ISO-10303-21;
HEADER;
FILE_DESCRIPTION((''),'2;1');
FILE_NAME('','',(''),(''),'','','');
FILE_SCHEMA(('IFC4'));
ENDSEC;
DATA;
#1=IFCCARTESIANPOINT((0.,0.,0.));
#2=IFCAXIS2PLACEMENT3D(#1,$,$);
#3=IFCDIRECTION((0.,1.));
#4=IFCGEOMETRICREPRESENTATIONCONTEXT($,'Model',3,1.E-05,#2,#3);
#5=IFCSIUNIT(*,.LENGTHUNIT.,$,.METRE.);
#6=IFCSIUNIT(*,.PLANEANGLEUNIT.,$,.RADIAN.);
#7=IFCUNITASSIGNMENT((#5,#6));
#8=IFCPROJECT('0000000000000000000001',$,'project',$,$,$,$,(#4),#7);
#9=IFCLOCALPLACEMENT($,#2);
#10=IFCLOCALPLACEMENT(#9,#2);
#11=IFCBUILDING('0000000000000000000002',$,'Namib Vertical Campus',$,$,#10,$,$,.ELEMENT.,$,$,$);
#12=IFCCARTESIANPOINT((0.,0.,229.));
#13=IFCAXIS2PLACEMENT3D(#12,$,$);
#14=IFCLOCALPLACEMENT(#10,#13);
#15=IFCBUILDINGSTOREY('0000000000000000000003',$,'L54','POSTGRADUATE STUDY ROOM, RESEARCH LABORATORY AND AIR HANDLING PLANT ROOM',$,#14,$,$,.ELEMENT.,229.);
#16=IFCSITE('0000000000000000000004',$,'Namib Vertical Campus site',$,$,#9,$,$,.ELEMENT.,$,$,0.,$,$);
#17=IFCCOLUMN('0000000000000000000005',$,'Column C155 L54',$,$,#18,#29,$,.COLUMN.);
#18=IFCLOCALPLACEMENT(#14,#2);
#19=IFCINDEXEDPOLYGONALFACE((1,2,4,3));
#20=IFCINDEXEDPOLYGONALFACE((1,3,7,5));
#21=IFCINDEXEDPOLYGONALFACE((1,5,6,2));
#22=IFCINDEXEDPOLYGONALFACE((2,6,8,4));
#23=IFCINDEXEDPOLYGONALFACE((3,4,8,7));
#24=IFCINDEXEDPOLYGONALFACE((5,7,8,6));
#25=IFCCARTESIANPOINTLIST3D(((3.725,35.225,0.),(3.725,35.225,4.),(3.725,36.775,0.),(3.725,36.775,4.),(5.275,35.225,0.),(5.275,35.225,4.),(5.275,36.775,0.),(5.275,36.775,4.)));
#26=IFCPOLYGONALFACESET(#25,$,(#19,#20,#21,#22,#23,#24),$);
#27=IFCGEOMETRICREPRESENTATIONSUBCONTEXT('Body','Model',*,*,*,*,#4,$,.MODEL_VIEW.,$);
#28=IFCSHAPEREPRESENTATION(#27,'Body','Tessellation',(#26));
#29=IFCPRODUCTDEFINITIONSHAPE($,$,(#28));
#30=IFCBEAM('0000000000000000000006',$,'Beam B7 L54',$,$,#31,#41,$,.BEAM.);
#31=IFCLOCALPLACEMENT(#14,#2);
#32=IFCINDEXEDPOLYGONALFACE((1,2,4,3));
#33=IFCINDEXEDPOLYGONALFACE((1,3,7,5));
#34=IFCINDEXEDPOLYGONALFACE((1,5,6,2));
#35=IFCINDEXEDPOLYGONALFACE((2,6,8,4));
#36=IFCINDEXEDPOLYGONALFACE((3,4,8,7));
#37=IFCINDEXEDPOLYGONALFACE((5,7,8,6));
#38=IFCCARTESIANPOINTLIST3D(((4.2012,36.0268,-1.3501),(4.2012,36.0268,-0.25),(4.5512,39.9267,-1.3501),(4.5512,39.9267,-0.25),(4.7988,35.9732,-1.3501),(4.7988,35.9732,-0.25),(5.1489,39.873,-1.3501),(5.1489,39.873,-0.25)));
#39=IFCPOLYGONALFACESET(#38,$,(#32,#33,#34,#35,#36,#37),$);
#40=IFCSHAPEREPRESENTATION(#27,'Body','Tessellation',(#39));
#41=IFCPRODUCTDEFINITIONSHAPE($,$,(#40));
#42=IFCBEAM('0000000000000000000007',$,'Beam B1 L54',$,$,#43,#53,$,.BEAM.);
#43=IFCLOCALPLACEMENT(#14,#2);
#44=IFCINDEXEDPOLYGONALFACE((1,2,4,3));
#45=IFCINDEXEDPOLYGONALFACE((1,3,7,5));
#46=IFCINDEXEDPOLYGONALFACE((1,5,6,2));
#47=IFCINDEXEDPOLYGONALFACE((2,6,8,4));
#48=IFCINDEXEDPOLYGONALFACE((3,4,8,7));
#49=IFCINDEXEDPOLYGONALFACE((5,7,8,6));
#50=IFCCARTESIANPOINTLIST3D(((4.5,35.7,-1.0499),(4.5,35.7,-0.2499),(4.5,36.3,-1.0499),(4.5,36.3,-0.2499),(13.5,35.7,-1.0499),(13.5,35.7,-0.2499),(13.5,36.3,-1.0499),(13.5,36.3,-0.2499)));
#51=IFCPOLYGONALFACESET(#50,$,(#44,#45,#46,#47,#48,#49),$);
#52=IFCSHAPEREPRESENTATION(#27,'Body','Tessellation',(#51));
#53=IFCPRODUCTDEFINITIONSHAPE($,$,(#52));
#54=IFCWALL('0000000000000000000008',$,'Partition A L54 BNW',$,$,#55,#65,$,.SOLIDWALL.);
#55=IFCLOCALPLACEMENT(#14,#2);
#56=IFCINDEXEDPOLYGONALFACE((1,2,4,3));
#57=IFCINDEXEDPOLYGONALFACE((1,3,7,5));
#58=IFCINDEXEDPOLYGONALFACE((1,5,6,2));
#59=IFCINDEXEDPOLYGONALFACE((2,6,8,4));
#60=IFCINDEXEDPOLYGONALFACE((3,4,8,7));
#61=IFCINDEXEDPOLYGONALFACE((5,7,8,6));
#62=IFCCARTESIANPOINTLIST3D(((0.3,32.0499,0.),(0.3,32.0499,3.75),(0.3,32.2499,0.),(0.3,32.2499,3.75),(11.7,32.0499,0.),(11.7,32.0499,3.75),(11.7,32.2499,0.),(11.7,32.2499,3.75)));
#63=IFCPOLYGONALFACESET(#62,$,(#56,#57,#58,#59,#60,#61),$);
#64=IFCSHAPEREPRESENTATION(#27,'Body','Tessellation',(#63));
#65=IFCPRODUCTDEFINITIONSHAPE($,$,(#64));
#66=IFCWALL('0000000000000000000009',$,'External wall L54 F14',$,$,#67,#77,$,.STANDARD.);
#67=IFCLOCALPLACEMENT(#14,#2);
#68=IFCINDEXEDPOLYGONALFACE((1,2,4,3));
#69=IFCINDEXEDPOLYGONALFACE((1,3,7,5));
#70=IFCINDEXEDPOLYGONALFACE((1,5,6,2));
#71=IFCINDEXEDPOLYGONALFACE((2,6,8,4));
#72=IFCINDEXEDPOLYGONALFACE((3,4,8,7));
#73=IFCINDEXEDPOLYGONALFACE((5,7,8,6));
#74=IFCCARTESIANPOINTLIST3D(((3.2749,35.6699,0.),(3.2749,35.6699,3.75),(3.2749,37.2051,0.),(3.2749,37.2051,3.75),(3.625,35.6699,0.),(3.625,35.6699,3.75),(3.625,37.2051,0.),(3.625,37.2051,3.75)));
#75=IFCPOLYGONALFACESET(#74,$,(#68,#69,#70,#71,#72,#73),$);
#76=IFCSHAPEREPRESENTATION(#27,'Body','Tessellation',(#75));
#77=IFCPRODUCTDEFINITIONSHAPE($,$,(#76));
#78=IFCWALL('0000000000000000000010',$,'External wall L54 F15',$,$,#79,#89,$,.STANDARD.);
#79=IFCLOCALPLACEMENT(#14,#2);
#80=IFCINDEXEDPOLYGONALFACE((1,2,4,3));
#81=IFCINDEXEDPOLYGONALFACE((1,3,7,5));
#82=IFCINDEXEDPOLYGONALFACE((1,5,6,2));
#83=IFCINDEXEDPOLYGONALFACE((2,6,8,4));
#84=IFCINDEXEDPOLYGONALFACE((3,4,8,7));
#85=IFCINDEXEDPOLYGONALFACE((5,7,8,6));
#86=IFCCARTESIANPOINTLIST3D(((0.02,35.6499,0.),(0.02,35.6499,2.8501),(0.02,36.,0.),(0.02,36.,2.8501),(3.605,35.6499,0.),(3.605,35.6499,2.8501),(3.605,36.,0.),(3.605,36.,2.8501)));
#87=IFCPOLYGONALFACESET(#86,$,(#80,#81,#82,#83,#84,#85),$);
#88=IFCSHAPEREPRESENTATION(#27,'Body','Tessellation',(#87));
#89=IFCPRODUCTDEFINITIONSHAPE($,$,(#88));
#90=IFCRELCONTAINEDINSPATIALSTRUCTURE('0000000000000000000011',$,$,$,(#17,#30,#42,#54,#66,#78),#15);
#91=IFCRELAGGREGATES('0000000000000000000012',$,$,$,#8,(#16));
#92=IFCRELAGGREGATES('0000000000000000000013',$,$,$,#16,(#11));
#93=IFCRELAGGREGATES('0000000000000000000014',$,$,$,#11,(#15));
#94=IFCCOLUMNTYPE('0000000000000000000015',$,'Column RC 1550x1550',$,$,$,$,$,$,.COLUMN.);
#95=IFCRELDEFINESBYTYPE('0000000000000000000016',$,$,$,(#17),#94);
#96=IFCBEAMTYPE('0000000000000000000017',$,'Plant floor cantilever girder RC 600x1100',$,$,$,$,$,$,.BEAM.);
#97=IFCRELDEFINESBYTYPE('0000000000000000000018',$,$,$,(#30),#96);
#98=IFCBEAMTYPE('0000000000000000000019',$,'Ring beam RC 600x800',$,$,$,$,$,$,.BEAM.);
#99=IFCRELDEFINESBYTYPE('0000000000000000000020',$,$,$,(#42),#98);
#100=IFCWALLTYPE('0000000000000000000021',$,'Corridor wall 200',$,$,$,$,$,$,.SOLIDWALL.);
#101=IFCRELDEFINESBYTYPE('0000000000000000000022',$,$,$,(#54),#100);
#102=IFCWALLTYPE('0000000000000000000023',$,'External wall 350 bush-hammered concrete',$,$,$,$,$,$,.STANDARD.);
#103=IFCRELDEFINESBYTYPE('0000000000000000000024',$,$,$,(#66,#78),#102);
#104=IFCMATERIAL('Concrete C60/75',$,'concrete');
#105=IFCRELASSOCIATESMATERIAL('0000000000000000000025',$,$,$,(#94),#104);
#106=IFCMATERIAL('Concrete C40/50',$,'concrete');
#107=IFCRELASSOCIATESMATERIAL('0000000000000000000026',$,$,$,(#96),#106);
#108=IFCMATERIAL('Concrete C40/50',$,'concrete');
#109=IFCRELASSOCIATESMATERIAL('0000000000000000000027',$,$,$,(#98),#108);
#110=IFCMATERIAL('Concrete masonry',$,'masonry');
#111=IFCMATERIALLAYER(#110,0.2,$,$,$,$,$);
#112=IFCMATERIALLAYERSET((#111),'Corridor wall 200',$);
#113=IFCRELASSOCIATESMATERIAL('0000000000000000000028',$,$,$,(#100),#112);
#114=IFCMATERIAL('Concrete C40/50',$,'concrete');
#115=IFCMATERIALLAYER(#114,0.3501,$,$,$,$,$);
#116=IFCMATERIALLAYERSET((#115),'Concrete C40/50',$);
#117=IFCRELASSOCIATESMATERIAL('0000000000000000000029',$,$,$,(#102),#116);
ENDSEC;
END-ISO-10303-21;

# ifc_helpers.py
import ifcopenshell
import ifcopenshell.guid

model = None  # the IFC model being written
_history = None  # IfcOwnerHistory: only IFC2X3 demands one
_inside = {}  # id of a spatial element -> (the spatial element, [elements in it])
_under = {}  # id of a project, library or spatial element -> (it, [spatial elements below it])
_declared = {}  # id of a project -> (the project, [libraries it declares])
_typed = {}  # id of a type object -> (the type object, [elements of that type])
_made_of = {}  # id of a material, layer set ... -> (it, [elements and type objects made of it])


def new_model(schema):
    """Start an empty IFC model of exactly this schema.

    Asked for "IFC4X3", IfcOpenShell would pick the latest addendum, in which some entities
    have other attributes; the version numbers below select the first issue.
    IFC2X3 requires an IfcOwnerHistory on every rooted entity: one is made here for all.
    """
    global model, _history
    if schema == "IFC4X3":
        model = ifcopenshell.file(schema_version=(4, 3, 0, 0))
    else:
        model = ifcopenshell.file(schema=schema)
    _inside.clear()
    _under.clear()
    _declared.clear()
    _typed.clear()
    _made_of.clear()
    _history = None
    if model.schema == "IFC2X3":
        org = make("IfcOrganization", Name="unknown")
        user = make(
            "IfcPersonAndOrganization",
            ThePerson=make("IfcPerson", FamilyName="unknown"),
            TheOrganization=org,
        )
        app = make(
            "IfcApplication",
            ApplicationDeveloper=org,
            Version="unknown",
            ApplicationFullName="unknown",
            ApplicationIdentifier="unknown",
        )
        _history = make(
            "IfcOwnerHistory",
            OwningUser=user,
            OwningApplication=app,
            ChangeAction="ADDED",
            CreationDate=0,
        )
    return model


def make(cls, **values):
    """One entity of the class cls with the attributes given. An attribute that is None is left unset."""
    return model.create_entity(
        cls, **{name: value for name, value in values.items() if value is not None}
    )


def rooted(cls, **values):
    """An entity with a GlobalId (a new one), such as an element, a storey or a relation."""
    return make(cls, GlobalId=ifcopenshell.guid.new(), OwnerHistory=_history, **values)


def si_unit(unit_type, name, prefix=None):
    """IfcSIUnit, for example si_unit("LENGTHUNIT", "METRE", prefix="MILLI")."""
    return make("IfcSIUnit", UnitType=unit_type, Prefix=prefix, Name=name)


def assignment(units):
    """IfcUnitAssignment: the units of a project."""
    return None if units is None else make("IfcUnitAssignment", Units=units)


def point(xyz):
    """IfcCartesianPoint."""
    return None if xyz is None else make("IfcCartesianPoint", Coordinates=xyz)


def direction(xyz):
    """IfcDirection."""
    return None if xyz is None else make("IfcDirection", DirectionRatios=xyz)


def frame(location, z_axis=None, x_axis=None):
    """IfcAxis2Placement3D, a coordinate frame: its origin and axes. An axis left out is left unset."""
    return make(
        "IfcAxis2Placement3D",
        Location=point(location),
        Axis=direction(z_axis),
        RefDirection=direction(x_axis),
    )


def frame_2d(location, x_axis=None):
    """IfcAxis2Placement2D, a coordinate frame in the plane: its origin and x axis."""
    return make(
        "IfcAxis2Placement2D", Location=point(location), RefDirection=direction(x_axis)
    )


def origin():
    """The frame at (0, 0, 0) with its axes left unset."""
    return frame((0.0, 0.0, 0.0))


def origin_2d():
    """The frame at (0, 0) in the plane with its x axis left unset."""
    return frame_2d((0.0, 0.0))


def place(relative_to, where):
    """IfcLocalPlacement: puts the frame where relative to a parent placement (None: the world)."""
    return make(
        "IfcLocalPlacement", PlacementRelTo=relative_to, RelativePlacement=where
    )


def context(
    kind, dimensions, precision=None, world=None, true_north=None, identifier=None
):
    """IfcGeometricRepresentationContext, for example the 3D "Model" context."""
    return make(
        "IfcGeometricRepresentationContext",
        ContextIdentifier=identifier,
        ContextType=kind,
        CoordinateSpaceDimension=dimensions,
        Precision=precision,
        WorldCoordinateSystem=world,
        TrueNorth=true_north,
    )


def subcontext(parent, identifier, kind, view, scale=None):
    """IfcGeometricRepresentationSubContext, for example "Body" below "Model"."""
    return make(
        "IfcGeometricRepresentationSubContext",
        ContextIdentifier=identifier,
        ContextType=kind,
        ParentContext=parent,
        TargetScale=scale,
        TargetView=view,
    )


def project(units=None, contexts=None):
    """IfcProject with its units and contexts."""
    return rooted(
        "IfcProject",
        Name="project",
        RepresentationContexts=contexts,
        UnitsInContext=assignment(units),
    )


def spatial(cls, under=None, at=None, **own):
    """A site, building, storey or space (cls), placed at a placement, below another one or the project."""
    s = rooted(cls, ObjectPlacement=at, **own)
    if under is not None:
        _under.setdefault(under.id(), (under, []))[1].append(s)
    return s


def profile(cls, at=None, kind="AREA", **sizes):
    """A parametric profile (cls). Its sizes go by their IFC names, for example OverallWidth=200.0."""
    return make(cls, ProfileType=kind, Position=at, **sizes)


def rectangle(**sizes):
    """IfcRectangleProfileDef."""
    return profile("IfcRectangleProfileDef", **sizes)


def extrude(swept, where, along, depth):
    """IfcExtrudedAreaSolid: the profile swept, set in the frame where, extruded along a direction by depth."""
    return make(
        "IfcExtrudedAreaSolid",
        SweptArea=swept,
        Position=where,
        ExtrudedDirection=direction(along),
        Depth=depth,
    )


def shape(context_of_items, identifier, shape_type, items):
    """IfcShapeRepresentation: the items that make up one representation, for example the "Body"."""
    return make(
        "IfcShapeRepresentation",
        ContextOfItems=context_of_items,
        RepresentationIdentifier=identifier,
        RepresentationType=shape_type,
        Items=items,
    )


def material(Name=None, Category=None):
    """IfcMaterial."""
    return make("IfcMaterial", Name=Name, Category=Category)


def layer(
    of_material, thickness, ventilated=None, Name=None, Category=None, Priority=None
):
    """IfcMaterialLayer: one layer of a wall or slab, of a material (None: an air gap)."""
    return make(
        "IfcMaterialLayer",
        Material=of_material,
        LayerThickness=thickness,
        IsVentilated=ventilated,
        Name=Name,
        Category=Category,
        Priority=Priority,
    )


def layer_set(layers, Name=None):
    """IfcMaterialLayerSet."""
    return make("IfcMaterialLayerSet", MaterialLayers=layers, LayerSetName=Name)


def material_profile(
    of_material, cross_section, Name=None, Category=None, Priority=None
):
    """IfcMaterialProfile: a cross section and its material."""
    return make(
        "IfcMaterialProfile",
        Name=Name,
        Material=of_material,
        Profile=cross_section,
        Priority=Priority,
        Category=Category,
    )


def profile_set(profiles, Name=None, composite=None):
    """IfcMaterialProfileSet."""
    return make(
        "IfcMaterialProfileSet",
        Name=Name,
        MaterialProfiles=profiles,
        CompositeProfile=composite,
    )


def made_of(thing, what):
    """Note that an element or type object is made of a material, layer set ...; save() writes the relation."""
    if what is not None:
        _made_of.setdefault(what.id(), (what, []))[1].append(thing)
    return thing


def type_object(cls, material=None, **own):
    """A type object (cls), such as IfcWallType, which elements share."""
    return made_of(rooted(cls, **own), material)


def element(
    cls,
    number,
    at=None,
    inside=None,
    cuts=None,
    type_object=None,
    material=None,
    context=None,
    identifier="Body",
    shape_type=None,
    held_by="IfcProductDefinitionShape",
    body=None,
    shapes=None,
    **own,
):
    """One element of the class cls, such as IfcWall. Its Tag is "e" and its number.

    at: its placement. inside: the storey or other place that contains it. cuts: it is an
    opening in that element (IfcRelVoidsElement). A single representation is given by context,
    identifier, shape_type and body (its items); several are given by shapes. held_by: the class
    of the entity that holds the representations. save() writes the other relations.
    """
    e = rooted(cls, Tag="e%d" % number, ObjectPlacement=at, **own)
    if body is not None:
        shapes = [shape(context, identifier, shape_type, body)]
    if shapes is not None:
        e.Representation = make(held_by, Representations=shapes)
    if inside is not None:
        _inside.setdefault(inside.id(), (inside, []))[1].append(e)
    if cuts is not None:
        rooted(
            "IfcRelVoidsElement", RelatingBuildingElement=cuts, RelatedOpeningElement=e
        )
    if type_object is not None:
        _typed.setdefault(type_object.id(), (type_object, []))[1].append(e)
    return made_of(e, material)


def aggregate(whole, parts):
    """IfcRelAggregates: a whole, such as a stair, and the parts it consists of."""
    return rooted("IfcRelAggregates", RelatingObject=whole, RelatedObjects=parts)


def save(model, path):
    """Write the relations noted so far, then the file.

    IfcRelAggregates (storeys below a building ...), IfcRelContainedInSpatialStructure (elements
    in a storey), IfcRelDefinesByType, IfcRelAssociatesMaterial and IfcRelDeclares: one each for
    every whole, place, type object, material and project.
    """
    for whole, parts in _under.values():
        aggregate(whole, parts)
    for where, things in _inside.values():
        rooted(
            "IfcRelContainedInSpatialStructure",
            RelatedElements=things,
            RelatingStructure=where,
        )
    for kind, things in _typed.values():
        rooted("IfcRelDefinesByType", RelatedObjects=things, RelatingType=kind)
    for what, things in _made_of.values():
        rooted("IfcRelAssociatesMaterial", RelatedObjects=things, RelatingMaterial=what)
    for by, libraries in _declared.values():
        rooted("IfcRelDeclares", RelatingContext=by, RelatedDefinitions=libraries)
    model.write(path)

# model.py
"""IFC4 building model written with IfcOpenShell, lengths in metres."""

from ifc_helpers import new_model, si_unit, direction, frame, frame_2d, origin, origin_2d, place, context, subcontext, project, spatial, rectangle, extrude, material, layer, layer_set, material_profile, profile_set, type_object, element, save


model = new_model("IFC4")

# Units and contexts
model_context = context("Model", 3, precision=1e-05, world=origin(), true_north=direction((0.0, 1.0)))
body_context = subcontext(model_context, "Body", "Model", "MODEL_VIEW")
ifc_project = project(units=[si_unit("LENGTHUNIT", "METRE"), si_unit("PLANEANGLEUNIT", "RADIAN")], contexts=[model_context])

# Site, building, storey
site_placement = place(None, origin())
site = spatial("IfcSite", under=ifc_project, at=site_placement, Name="Namib Vertical Campus site", CompositionType="ELEMENT", RefElevation=0.0)
building_placement = place(site_placement, origin())
building = spatial("IfcBuilding", under=site, at=building_placement, Name="Namib Vertical Campus", CompositionType="ELEMENT")
storey_placement = place(building_placement, frame((0.0, 0.0, 229.0)))
storey = spatial("IfcBuildingStorey", under=building, at=storey_placement, Name="L54", Description="POSTGRADUATE STUDY ROOM, RESEARCH LABORATORY AND AIR HANDLING PLANT ROOM", CompositionType="ELEMENT", Elevation=229.0)

# Column
ifc_material_1 = material(Name="Concrete C60/75", Category="concrete")
ifc_material_profile_1 = material_profile(ifc_material_1, rectangle(XDim=1.55, YDim=1.55, at=origin_2d()))
ifc_profile_set_1 = profile_set([ifc_material_profile_1], Name="Concrete C60/75")
column_type = type_object("IfcColumnType", Name="Column RC 1550x1550", PredefinedType="COLUMN", material=ifc_profile_set_1)
column_placement = place(storey_placement, frame((4.5, 36.0, 0.0), z_axis=(0.0, 0.0, 1.0), x_axis=(1.0, 0.0, 0.0)))
element("IfcColumn", 1, at=column_placement, inside=storey, type_object=column_type, Name="Column C155 L54", PredefinedType="COLUMN", context=body_context, shape_type="SweptSolid", body=[
    extrude(rectangle(XDim=1.55, YDim=1.55, at=origin_2d()), origin(), (0.0, 0.0, 1.0), 4.0),
])

# Beams
ifc_material_2 = material(Name="Concrete C40/50", Category="concrete")
ifc_material_profile_2 = material_profile(ifc_material_2, rectangle(XDim=0.6001, YDim=1.1001, at=origin_2d()))
ifc_profile_set_2 = profile_set([ifc_material_profile_2], Name="Concrete C40/50")
beam_type_1 = type_object("IfcBeamType", Name="Plant floor cantilever girder RC 600x1100", PredefinedType="BEAM", material=ifc_profile_set_2)
beam_1_placement = place(storey_placement, frame((4.5, 36.0, -0.8), z_axis=(0.089411, 0.995995, 0.0), x_axis=(-0.995995, 0.089411, 0.0)))
element("IfcBeam", 2, at=beam_1_placement, inside=storey, type_object=beam_type_1, Name="Beam B7 L54", PredefinedType="BEAM", context=body_context, shape_type="SweptSolid", body=[
    extrude(rectangle(XDim=0.6001, YDim=1.1001, at=origin_2d()), origin(), (0.0, 0.0, 1.0), 3.9155),
])
ifc_material_3 = material(Name="Concrete C40/50", Category="concrete")
ifc_material_profile_3 = material_profile(ifc_material_3, rectangle(XDim=0.6001, YDim=0.8, at=origin_2d()))
ifc_profile_set_3 = profile_set([ifc_material_profile_3], Name="Concrete C40/50")
beam_type_2 = type_object("IfcBeamType", Name="Ring beam RC 600x800", PredefinedType="BEAM", material=ifc_profile_set_3)
beam_2_placement = place(storey_placement, frame((4.5, 36.0, -0.6499), z_axis=(1.0, 0.0, 0.0), x_axis=(0.0, 1.0, 0.0)))
element("IfcBeam", 3, at=beam_2_placement, inside=storey, type_object=beam_type_2, Name="Beam B1 L54", PredefinedType="BEAM", context=body_context, shape_type="SweptSolid", body=[
    extrude(rectangle(XDim=0.6001, YDim=0.8, at=origin_2d()), origin(), (0.0, 0.0, 1.0), 9.0),
])

# Walls
ifc_material_4 = material(Name="Concrete masonry", Category="masonry")
ifc_layer_1 = layer(ifc_material_4, 0.2)
ifc_layer_set_1 = layer_set([ifc_layer_1], Name="Corridor wall 200")
wall_type_1 = type_object("IfcWallType", Name="Corridor wall 200", PredefinedType="SOLIDWALL", material=ifc_layer_set_1)
wall_1_placement = place(storey_placement, frame((0.3, 32.1499, 0.0), z_axis=(0.0, 0.0, 1.0), x_axis=(1.0, 0.0, 0.0)))
element("IfcWall", 4, at=wall_1_placement, inside=storey, type_object=wall_type_1, Name="Partition A L54 BNW", PredefinedType="SOLIDWALL", context=body_context, shape_type="SweptSolid", body=[
    extrude(rectangle(XDim=11.3999, YDim=0.2, at=frame_2d((5.7, 0.0))), origin(), (0.0, 0.0, 1.0), 3.75),
])
ifc_material_5 = material(Name="Concrete C40/50", Category="concrete")
ifc_layer_2 = layer(ifc_material_5, 0.3501)
ifc_layer_set_2 = layer_set([ifc_layer_2], Name="Concrete C40/50")
wall_type_2 = type_object("IfcWallType", Name="External wall 350 bush-hammered concrete", PredefinedType="STANDARD", material=ifc_layer_set_2)
wall_2_placement = place(storey_placement, frame((3.45, 37.2051, 0.0), z_axis=(0.0, 0.0, 1.0), x_axis=(0.0, -1.0, 0.0)))
element("IfcWall", 5, at=wall_2_placement, inside=storey, type_object=wall_type_2, Name="External wall L54 F14", PredefinedType="STANDARD", context=body_context, shape_type="SweptSolid", body=[
    extrude(rectangle(XDim=1.5352, YDim=0.3501, at=frame_2d((0.7676, 0.0))), origin(), (0.0, 0.0, 1.0), 3.75),
])
wall_3_placement = place(storey_placement, frame((3.605, 35.825, 0.0), z_axis=(0.0, 0.0, 1.0), x_axis=(-1.0, 0.0, 0.0)))
element("IfcWall", 6, at=wall_3_placement, inside=storey, type_object=wall_type_2, Name="External wall L54 F15", PredefinedType="STANDARD", context=body_context, shape_type="SweptSolid", body=[
    extrude(rectangle(XDim=3.585, YDim=0.3501, at=frame_2d((1.7925, 0.0))), origin(), (0.0, 0.0, 1.0), 2.8501),
])

save(model, "model.ifc")
